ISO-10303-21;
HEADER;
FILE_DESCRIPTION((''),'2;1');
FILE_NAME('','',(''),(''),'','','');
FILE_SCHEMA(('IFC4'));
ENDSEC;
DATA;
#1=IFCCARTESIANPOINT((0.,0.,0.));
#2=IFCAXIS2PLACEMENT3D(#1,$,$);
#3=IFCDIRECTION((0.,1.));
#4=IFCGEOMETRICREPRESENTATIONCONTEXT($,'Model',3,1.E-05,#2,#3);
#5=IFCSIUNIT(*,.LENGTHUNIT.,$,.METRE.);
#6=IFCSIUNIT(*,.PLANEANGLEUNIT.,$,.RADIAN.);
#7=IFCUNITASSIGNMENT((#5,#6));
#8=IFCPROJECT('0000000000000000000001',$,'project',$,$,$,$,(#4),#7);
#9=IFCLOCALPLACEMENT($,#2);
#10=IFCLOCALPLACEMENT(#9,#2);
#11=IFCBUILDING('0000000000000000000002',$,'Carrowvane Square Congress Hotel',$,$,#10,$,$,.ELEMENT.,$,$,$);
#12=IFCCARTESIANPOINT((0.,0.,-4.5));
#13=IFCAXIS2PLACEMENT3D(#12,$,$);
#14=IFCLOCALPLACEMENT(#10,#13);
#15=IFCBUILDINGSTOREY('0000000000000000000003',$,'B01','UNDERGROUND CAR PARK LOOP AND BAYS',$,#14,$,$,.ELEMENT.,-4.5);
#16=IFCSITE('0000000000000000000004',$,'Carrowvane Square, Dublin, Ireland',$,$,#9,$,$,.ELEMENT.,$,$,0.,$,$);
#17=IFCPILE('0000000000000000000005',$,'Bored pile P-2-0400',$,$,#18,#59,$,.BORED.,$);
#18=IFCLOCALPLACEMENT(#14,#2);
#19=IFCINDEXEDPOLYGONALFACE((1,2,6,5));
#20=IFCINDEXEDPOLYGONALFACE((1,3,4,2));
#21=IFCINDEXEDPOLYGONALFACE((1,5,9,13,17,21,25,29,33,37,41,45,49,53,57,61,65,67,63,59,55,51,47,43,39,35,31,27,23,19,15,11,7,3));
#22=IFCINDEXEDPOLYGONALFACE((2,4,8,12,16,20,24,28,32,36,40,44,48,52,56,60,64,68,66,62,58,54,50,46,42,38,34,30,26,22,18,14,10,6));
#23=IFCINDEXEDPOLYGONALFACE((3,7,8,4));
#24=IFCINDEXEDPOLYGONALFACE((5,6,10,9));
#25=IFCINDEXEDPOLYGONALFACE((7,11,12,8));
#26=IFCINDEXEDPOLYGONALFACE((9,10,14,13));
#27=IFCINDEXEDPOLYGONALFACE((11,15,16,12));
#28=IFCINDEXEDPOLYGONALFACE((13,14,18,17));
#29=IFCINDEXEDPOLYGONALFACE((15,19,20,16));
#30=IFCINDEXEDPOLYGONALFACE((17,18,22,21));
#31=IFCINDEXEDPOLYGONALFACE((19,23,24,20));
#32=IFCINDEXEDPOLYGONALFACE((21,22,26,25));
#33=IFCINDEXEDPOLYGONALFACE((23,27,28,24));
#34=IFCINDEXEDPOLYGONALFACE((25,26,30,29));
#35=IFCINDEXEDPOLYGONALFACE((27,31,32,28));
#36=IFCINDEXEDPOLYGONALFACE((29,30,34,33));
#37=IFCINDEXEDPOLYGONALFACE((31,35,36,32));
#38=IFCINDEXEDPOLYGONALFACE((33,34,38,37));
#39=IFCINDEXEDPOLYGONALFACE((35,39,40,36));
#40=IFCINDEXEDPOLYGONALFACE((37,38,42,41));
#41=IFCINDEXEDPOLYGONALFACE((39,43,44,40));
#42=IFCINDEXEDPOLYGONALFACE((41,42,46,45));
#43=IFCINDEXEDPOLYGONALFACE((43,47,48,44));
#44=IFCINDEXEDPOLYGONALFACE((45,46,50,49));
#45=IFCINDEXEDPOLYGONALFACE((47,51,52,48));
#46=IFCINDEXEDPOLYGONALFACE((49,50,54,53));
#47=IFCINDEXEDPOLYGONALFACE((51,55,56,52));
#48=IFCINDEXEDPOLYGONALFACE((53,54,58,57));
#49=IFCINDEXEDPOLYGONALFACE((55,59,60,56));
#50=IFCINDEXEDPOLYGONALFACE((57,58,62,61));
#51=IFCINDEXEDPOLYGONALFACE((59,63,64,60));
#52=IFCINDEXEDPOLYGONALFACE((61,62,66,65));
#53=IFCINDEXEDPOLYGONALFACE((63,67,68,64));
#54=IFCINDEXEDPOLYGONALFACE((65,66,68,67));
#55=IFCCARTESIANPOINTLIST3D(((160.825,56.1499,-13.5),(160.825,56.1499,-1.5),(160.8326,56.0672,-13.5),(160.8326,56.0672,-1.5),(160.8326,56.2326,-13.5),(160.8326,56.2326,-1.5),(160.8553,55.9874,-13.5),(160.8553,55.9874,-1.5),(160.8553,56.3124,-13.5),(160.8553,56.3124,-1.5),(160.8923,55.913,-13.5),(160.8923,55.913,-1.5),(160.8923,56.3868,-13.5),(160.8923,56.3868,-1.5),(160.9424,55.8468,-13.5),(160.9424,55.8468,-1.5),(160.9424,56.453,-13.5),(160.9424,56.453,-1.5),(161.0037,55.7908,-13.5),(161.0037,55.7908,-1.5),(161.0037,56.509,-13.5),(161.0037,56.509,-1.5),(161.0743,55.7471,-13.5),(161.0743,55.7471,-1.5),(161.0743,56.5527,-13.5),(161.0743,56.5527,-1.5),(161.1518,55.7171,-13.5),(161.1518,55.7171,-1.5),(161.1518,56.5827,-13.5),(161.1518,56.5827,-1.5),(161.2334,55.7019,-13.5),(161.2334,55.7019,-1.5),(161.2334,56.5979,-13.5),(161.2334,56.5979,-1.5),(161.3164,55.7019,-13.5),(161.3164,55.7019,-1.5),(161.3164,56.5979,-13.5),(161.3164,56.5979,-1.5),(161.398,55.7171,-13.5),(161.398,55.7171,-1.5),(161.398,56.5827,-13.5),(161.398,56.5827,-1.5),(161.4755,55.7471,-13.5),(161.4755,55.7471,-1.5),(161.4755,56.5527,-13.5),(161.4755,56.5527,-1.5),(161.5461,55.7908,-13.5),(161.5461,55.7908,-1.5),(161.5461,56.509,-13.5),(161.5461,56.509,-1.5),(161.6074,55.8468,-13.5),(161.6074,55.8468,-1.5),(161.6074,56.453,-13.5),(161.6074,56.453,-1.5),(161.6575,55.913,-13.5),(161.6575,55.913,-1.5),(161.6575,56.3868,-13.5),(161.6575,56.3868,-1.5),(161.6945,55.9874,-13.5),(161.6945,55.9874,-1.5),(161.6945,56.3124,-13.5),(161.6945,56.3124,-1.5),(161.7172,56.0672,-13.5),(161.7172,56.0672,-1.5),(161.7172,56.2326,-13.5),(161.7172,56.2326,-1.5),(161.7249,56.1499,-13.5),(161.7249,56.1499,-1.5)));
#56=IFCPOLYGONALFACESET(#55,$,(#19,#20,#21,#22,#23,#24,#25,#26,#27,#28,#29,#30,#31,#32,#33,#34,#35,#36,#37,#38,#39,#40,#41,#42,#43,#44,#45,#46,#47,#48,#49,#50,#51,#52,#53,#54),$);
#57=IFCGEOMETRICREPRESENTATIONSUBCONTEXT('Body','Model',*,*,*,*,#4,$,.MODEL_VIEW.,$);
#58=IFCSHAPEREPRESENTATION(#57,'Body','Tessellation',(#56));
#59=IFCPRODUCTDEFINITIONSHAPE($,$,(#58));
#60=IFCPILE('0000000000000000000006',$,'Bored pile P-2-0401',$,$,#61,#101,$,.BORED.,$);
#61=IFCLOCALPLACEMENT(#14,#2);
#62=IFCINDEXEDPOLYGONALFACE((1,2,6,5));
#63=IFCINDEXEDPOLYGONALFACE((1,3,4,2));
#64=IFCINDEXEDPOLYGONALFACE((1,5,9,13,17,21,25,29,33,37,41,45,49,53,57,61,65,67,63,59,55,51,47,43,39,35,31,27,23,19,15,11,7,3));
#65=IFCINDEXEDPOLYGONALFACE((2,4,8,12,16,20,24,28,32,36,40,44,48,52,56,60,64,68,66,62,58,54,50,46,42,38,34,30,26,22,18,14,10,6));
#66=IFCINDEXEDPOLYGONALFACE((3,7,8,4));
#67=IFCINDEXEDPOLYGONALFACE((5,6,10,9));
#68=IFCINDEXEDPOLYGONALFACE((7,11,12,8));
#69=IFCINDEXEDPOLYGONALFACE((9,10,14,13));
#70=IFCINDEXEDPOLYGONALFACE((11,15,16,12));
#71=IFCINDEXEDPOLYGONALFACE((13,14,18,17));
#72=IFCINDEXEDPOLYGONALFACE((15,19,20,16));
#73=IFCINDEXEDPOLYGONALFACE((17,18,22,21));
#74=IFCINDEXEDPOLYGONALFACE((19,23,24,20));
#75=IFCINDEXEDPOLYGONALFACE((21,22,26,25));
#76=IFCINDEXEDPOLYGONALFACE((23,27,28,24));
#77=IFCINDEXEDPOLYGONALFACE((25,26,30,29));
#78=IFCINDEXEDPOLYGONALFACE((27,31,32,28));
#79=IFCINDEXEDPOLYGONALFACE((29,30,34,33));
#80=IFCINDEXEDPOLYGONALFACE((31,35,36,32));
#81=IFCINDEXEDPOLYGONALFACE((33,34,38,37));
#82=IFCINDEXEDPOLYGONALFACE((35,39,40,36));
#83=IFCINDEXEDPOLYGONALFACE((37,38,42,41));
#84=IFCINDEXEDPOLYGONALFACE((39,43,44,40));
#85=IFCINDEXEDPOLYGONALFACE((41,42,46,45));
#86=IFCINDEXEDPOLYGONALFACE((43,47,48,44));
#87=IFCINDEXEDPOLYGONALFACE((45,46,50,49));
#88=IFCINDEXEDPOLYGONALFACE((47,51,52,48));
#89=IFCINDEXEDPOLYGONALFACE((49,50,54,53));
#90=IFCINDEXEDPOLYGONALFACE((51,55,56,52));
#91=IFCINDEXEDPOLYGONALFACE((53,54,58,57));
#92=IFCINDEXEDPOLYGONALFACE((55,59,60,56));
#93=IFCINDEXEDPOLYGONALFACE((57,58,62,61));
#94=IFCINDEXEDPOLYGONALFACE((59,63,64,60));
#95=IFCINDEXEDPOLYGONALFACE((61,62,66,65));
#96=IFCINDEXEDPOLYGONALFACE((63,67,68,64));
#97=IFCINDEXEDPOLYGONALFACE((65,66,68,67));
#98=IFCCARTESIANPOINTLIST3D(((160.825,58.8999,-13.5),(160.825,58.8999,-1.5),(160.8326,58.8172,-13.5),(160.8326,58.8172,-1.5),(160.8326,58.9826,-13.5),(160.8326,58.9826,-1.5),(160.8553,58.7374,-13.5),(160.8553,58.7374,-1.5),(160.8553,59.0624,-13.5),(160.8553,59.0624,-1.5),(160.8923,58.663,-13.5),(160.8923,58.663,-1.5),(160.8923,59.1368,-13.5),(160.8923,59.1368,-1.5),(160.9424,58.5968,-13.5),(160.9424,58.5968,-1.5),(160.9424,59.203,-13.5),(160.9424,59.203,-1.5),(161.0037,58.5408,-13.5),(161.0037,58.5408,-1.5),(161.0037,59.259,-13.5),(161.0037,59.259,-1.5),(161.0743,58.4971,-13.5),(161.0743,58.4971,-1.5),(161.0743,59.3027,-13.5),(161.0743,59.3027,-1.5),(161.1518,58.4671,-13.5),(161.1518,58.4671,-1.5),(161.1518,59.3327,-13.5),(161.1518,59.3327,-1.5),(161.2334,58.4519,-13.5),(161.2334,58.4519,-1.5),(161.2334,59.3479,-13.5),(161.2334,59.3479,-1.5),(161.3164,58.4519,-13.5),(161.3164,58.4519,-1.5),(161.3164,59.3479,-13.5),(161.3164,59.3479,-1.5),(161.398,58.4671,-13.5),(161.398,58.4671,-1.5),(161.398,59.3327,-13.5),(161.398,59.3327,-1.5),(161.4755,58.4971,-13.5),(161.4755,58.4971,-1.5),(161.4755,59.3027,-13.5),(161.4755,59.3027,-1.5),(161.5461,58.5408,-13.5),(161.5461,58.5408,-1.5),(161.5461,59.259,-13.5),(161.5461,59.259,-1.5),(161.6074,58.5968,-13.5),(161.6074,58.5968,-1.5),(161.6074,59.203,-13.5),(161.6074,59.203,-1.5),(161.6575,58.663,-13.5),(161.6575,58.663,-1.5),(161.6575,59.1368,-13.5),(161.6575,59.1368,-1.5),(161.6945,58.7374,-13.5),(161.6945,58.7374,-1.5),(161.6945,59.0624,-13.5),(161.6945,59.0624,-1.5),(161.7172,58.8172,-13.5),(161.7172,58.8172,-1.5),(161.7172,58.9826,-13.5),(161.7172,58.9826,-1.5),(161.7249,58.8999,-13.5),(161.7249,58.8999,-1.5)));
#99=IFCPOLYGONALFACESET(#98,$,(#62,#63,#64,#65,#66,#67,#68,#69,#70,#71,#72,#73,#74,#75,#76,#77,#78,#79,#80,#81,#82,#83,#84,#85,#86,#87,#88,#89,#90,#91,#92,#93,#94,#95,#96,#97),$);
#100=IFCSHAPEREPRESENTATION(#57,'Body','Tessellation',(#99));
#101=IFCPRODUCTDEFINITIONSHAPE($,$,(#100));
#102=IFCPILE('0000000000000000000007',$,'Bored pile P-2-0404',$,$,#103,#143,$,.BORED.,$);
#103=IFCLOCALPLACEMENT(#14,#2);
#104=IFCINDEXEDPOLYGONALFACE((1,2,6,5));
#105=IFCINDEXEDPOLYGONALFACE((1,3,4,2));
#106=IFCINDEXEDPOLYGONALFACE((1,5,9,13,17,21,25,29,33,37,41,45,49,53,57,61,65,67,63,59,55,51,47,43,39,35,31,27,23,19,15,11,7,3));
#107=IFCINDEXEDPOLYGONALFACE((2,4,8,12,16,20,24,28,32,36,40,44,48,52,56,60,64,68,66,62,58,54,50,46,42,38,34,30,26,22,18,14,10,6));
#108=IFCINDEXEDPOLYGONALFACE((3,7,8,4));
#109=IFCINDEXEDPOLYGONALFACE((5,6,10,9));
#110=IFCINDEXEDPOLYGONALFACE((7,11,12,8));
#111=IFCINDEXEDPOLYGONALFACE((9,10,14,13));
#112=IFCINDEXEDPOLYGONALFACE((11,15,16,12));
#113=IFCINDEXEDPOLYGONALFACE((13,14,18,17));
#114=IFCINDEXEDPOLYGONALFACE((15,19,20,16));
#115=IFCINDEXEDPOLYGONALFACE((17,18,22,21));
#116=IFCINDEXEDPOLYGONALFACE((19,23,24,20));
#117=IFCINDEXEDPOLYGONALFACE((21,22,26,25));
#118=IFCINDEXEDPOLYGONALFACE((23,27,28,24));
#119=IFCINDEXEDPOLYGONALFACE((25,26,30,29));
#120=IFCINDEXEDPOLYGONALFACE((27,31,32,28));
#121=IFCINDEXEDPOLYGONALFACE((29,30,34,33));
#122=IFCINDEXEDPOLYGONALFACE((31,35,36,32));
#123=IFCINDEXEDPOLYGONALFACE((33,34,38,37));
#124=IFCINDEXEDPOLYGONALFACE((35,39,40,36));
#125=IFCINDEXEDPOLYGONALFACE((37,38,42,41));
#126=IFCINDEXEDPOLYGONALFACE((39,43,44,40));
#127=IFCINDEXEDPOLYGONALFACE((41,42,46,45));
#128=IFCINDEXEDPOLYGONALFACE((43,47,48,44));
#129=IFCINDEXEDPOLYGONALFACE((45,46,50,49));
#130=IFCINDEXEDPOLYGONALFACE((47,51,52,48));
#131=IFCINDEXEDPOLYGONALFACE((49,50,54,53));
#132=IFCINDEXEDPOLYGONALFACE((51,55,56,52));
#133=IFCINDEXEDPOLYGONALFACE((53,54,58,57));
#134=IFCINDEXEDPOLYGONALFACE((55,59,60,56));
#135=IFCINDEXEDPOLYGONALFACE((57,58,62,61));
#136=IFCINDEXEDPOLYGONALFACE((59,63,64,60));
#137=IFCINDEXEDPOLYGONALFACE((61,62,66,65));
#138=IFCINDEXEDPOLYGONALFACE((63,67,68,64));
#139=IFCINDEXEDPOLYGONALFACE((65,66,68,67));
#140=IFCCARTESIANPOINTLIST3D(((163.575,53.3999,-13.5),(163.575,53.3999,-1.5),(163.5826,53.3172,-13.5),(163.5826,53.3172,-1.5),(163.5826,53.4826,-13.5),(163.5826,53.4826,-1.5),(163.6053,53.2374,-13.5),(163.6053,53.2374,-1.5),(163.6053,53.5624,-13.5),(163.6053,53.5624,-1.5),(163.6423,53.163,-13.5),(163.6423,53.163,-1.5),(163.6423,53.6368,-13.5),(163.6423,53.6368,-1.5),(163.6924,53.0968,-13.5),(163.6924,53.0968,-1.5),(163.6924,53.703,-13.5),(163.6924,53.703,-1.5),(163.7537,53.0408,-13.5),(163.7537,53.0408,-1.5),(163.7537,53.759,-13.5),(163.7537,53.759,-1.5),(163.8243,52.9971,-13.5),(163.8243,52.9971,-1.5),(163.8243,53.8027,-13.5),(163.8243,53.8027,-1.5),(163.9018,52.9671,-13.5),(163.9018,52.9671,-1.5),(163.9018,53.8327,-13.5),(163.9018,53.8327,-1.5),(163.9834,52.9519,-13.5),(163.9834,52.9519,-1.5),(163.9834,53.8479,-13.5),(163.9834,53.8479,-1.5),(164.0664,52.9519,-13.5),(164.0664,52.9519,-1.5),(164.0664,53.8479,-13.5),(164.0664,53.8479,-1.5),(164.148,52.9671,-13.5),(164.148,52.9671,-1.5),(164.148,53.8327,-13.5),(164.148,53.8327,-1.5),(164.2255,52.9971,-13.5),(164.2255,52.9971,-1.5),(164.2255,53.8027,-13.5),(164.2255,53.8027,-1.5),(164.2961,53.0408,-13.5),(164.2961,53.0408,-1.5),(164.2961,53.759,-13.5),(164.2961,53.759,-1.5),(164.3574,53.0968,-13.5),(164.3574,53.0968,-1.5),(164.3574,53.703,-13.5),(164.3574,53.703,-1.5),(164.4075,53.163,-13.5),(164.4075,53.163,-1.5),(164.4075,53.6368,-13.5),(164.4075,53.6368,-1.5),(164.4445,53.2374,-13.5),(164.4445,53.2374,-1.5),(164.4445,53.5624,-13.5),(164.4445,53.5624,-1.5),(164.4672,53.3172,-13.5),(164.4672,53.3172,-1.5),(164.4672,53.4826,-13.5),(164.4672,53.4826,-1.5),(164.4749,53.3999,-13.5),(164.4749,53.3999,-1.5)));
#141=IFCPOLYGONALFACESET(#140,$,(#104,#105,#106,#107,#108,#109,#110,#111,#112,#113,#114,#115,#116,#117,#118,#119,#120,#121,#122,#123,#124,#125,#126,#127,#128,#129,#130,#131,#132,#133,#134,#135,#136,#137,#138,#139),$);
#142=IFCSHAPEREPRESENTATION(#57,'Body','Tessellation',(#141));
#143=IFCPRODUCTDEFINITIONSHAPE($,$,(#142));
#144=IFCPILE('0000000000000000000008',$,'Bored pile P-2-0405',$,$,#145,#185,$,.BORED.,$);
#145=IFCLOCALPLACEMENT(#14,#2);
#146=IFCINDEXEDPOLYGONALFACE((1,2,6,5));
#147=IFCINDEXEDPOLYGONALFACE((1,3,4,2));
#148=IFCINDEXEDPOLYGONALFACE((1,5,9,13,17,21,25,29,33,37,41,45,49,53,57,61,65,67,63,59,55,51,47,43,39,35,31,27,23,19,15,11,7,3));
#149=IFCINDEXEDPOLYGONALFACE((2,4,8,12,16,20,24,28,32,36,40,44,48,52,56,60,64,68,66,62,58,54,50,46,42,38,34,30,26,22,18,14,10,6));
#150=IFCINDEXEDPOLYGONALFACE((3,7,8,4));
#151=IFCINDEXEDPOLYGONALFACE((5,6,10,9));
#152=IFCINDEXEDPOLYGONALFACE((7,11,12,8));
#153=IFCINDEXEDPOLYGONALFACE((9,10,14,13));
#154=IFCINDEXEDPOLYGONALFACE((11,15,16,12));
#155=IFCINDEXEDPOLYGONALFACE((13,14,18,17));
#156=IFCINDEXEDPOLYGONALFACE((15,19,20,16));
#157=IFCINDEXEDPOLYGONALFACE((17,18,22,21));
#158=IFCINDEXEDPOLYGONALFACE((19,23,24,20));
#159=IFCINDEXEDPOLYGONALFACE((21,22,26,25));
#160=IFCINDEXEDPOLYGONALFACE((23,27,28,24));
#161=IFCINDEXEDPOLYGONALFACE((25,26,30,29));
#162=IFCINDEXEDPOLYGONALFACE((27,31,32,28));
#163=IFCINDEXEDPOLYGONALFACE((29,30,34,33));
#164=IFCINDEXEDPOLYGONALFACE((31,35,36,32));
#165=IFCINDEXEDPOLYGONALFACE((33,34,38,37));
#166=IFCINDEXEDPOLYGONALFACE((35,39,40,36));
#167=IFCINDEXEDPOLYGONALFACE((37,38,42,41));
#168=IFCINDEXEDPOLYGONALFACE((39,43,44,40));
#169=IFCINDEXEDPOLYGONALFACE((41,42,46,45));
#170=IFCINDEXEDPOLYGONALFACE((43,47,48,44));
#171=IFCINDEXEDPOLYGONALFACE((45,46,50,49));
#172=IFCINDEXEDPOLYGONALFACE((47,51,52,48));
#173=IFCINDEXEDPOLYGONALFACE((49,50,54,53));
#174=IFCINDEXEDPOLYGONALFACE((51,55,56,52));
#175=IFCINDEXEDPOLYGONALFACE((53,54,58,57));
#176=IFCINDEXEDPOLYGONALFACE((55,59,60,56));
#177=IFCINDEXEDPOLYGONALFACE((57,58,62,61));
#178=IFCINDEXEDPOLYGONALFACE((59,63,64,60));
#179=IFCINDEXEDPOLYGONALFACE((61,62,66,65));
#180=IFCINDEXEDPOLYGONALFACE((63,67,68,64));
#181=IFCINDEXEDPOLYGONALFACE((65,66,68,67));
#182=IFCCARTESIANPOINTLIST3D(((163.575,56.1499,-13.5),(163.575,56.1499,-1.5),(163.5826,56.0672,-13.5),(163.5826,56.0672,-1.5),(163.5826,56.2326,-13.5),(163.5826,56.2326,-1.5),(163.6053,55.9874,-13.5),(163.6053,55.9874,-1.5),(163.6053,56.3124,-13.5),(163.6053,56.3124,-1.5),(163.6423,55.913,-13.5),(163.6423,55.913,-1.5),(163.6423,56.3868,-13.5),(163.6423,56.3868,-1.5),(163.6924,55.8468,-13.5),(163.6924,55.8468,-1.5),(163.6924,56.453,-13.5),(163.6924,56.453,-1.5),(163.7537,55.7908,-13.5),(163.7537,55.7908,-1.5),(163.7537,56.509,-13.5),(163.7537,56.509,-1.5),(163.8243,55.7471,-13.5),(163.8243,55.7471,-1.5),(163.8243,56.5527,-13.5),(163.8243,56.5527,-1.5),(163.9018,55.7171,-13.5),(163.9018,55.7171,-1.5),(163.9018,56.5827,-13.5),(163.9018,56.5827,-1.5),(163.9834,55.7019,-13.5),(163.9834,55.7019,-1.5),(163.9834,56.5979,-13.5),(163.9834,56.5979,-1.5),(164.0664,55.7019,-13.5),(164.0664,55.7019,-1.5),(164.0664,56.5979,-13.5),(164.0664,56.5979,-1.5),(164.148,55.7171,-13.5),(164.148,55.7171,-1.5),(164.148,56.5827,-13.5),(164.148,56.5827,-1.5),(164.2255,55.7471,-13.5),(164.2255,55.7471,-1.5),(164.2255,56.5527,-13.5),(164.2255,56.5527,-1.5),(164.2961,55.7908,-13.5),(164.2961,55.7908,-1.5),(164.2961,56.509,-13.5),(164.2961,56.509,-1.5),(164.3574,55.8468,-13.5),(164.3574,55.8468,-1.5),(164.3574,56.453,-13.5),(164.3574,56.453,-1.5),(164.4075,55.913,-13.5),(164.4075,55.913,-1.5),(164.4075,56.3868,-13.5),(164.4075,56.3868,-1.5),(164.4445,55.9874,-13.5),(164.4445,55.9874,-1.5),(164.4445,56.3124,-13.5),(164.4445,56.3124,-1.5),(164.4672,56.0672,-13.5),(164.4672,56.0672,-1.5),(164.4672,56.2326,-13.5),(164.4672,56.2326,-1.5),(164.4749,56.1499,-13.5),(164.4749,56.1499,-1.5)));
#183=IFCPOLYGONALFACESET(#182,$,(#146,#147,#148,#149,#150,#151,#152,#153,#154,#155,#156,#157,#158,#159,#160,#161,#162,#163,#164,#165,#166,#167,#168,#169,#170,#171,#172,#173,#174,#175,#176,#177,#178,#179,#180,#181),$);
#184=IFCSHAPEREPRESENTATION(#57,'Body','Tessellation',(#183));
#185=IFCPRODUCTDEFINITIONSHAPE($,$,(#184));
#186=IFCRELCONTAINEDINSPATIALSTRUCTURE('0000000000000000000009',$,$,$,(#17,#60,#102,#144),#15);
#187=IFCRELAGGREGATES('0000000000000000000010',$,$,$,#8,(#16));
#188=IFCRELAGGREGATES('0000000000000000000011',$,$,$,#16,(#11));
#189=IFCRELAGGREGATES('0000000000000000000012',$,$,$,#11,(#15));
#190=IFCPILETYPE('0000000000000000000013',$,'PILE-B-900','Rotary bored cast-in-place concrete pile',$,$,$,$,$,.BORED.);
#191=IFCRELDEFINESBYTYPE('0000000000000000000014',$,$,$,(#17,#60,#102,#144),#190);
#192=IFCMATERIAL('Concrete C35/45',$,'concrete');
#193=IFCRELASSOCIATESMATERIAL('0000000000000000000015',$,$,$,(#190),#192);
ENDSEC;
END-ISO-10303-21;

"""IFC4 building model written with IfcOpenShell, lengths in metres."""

from ifc_helpers import new_model, si_unit, direction, frame, origin, origin_2d, place, context, subcontext, project, spatial, circle, extrude, material, material_profile, profile_set, type_object, element, save


model = new_model("IFC4")

# Units and contexts
model_context = context("Model", 3, precision=1e-05, world=origin(), true_north=direction((0.0, 1.0)))
body_context = subcontext(model_context, "Body", "Model", "MODEL_VIEW")
ifc_project = project(units=[si_unit("LENGTHUNIT", "METRE"), si_unit("PLANEANGLEUNIT", "RADIAN")], contexts=[model_context])

# Site, building, storey
site_placement = place(None, origin())
site = spatial("IfcSite", under=ifc_project, at=site_placement, Name="Carrowvane Square, Dublin, Ireland", CompositionType="ELEMENT", RefElevation=0.0)
building_placement = place(site_placement, origin())
building = spatial("IfcBuilding", under=site, at=building_placement, Name="Carrowvane Square Congress Hotel", CompositionType="ELEMENT")
storey_placement = place(building_placement, frame((0.0, 0.0, -4.5)))
storey = spatial("IfcBuildingStorey", under=building, at=storey_placement, Name="B01", Description="UNDERGROUND CAR PARK LOOP AND BAYS", CompositionType="ELEMENT", Elevation=-4.5)

# Piles
ifc_material_1 = material(Name="Concrete C35/45", Category="concrete")
ifc_material_profile_1 = material_profile(ifc_material_1, circle(Radius=0.45, at=origin_2d()), Name="PILE D900")
ifc_profile_set_1 = profile_set([ifc_material_profile_1], Name="Concrete C35/45")
pile_type_1 = type_object("IfcPileType", Name="PILE-B-900", Description="Rotary bored cast-in-place concrete pile", PredefinedType="BORED", material=ifc_profile_set_1)
for number, where, z_axis, x_axis, name in (
    (1, (161.2749, 56.1499, -1.5), (0.0, 0.0, -1.0), (1.0, 0.0, 0.0), "Bored pile P-2-0400"),
    (2, (161.2749, 58.8999, -1.5), (0.0, 0.0, -1.0), (1.0, 0.0, 0.0), "Bored pile P-2-0401"),
    (3, (164.0249, 53.3999, -1.5), (0.0, 0.0, -1.0), (1.0, 0.0, 0.0), "Bored pile P-2-0404"),
    (4, (164.0249, 56.1499, -1.5), (0.0, 0.0, -1.0), (1.0, 0.0, 0.0), "Bored pile P-2-0405"),
):
    element("IfcPile", number, at=place(storey_placement, frame(where, z_axis=z_axis, x_axis=x_axis)), inside=storey, type_object=pile_type_1, Name=name, PredefinedType="BORED", context=body_context, shape_type="SweptSolid", body=[
        extrude(circle(Radius=0.45, at=origin_2d()), origin(), (0.0, 0.0, 1.0), 12.0),
    ])

save(model, "model.ifc")
